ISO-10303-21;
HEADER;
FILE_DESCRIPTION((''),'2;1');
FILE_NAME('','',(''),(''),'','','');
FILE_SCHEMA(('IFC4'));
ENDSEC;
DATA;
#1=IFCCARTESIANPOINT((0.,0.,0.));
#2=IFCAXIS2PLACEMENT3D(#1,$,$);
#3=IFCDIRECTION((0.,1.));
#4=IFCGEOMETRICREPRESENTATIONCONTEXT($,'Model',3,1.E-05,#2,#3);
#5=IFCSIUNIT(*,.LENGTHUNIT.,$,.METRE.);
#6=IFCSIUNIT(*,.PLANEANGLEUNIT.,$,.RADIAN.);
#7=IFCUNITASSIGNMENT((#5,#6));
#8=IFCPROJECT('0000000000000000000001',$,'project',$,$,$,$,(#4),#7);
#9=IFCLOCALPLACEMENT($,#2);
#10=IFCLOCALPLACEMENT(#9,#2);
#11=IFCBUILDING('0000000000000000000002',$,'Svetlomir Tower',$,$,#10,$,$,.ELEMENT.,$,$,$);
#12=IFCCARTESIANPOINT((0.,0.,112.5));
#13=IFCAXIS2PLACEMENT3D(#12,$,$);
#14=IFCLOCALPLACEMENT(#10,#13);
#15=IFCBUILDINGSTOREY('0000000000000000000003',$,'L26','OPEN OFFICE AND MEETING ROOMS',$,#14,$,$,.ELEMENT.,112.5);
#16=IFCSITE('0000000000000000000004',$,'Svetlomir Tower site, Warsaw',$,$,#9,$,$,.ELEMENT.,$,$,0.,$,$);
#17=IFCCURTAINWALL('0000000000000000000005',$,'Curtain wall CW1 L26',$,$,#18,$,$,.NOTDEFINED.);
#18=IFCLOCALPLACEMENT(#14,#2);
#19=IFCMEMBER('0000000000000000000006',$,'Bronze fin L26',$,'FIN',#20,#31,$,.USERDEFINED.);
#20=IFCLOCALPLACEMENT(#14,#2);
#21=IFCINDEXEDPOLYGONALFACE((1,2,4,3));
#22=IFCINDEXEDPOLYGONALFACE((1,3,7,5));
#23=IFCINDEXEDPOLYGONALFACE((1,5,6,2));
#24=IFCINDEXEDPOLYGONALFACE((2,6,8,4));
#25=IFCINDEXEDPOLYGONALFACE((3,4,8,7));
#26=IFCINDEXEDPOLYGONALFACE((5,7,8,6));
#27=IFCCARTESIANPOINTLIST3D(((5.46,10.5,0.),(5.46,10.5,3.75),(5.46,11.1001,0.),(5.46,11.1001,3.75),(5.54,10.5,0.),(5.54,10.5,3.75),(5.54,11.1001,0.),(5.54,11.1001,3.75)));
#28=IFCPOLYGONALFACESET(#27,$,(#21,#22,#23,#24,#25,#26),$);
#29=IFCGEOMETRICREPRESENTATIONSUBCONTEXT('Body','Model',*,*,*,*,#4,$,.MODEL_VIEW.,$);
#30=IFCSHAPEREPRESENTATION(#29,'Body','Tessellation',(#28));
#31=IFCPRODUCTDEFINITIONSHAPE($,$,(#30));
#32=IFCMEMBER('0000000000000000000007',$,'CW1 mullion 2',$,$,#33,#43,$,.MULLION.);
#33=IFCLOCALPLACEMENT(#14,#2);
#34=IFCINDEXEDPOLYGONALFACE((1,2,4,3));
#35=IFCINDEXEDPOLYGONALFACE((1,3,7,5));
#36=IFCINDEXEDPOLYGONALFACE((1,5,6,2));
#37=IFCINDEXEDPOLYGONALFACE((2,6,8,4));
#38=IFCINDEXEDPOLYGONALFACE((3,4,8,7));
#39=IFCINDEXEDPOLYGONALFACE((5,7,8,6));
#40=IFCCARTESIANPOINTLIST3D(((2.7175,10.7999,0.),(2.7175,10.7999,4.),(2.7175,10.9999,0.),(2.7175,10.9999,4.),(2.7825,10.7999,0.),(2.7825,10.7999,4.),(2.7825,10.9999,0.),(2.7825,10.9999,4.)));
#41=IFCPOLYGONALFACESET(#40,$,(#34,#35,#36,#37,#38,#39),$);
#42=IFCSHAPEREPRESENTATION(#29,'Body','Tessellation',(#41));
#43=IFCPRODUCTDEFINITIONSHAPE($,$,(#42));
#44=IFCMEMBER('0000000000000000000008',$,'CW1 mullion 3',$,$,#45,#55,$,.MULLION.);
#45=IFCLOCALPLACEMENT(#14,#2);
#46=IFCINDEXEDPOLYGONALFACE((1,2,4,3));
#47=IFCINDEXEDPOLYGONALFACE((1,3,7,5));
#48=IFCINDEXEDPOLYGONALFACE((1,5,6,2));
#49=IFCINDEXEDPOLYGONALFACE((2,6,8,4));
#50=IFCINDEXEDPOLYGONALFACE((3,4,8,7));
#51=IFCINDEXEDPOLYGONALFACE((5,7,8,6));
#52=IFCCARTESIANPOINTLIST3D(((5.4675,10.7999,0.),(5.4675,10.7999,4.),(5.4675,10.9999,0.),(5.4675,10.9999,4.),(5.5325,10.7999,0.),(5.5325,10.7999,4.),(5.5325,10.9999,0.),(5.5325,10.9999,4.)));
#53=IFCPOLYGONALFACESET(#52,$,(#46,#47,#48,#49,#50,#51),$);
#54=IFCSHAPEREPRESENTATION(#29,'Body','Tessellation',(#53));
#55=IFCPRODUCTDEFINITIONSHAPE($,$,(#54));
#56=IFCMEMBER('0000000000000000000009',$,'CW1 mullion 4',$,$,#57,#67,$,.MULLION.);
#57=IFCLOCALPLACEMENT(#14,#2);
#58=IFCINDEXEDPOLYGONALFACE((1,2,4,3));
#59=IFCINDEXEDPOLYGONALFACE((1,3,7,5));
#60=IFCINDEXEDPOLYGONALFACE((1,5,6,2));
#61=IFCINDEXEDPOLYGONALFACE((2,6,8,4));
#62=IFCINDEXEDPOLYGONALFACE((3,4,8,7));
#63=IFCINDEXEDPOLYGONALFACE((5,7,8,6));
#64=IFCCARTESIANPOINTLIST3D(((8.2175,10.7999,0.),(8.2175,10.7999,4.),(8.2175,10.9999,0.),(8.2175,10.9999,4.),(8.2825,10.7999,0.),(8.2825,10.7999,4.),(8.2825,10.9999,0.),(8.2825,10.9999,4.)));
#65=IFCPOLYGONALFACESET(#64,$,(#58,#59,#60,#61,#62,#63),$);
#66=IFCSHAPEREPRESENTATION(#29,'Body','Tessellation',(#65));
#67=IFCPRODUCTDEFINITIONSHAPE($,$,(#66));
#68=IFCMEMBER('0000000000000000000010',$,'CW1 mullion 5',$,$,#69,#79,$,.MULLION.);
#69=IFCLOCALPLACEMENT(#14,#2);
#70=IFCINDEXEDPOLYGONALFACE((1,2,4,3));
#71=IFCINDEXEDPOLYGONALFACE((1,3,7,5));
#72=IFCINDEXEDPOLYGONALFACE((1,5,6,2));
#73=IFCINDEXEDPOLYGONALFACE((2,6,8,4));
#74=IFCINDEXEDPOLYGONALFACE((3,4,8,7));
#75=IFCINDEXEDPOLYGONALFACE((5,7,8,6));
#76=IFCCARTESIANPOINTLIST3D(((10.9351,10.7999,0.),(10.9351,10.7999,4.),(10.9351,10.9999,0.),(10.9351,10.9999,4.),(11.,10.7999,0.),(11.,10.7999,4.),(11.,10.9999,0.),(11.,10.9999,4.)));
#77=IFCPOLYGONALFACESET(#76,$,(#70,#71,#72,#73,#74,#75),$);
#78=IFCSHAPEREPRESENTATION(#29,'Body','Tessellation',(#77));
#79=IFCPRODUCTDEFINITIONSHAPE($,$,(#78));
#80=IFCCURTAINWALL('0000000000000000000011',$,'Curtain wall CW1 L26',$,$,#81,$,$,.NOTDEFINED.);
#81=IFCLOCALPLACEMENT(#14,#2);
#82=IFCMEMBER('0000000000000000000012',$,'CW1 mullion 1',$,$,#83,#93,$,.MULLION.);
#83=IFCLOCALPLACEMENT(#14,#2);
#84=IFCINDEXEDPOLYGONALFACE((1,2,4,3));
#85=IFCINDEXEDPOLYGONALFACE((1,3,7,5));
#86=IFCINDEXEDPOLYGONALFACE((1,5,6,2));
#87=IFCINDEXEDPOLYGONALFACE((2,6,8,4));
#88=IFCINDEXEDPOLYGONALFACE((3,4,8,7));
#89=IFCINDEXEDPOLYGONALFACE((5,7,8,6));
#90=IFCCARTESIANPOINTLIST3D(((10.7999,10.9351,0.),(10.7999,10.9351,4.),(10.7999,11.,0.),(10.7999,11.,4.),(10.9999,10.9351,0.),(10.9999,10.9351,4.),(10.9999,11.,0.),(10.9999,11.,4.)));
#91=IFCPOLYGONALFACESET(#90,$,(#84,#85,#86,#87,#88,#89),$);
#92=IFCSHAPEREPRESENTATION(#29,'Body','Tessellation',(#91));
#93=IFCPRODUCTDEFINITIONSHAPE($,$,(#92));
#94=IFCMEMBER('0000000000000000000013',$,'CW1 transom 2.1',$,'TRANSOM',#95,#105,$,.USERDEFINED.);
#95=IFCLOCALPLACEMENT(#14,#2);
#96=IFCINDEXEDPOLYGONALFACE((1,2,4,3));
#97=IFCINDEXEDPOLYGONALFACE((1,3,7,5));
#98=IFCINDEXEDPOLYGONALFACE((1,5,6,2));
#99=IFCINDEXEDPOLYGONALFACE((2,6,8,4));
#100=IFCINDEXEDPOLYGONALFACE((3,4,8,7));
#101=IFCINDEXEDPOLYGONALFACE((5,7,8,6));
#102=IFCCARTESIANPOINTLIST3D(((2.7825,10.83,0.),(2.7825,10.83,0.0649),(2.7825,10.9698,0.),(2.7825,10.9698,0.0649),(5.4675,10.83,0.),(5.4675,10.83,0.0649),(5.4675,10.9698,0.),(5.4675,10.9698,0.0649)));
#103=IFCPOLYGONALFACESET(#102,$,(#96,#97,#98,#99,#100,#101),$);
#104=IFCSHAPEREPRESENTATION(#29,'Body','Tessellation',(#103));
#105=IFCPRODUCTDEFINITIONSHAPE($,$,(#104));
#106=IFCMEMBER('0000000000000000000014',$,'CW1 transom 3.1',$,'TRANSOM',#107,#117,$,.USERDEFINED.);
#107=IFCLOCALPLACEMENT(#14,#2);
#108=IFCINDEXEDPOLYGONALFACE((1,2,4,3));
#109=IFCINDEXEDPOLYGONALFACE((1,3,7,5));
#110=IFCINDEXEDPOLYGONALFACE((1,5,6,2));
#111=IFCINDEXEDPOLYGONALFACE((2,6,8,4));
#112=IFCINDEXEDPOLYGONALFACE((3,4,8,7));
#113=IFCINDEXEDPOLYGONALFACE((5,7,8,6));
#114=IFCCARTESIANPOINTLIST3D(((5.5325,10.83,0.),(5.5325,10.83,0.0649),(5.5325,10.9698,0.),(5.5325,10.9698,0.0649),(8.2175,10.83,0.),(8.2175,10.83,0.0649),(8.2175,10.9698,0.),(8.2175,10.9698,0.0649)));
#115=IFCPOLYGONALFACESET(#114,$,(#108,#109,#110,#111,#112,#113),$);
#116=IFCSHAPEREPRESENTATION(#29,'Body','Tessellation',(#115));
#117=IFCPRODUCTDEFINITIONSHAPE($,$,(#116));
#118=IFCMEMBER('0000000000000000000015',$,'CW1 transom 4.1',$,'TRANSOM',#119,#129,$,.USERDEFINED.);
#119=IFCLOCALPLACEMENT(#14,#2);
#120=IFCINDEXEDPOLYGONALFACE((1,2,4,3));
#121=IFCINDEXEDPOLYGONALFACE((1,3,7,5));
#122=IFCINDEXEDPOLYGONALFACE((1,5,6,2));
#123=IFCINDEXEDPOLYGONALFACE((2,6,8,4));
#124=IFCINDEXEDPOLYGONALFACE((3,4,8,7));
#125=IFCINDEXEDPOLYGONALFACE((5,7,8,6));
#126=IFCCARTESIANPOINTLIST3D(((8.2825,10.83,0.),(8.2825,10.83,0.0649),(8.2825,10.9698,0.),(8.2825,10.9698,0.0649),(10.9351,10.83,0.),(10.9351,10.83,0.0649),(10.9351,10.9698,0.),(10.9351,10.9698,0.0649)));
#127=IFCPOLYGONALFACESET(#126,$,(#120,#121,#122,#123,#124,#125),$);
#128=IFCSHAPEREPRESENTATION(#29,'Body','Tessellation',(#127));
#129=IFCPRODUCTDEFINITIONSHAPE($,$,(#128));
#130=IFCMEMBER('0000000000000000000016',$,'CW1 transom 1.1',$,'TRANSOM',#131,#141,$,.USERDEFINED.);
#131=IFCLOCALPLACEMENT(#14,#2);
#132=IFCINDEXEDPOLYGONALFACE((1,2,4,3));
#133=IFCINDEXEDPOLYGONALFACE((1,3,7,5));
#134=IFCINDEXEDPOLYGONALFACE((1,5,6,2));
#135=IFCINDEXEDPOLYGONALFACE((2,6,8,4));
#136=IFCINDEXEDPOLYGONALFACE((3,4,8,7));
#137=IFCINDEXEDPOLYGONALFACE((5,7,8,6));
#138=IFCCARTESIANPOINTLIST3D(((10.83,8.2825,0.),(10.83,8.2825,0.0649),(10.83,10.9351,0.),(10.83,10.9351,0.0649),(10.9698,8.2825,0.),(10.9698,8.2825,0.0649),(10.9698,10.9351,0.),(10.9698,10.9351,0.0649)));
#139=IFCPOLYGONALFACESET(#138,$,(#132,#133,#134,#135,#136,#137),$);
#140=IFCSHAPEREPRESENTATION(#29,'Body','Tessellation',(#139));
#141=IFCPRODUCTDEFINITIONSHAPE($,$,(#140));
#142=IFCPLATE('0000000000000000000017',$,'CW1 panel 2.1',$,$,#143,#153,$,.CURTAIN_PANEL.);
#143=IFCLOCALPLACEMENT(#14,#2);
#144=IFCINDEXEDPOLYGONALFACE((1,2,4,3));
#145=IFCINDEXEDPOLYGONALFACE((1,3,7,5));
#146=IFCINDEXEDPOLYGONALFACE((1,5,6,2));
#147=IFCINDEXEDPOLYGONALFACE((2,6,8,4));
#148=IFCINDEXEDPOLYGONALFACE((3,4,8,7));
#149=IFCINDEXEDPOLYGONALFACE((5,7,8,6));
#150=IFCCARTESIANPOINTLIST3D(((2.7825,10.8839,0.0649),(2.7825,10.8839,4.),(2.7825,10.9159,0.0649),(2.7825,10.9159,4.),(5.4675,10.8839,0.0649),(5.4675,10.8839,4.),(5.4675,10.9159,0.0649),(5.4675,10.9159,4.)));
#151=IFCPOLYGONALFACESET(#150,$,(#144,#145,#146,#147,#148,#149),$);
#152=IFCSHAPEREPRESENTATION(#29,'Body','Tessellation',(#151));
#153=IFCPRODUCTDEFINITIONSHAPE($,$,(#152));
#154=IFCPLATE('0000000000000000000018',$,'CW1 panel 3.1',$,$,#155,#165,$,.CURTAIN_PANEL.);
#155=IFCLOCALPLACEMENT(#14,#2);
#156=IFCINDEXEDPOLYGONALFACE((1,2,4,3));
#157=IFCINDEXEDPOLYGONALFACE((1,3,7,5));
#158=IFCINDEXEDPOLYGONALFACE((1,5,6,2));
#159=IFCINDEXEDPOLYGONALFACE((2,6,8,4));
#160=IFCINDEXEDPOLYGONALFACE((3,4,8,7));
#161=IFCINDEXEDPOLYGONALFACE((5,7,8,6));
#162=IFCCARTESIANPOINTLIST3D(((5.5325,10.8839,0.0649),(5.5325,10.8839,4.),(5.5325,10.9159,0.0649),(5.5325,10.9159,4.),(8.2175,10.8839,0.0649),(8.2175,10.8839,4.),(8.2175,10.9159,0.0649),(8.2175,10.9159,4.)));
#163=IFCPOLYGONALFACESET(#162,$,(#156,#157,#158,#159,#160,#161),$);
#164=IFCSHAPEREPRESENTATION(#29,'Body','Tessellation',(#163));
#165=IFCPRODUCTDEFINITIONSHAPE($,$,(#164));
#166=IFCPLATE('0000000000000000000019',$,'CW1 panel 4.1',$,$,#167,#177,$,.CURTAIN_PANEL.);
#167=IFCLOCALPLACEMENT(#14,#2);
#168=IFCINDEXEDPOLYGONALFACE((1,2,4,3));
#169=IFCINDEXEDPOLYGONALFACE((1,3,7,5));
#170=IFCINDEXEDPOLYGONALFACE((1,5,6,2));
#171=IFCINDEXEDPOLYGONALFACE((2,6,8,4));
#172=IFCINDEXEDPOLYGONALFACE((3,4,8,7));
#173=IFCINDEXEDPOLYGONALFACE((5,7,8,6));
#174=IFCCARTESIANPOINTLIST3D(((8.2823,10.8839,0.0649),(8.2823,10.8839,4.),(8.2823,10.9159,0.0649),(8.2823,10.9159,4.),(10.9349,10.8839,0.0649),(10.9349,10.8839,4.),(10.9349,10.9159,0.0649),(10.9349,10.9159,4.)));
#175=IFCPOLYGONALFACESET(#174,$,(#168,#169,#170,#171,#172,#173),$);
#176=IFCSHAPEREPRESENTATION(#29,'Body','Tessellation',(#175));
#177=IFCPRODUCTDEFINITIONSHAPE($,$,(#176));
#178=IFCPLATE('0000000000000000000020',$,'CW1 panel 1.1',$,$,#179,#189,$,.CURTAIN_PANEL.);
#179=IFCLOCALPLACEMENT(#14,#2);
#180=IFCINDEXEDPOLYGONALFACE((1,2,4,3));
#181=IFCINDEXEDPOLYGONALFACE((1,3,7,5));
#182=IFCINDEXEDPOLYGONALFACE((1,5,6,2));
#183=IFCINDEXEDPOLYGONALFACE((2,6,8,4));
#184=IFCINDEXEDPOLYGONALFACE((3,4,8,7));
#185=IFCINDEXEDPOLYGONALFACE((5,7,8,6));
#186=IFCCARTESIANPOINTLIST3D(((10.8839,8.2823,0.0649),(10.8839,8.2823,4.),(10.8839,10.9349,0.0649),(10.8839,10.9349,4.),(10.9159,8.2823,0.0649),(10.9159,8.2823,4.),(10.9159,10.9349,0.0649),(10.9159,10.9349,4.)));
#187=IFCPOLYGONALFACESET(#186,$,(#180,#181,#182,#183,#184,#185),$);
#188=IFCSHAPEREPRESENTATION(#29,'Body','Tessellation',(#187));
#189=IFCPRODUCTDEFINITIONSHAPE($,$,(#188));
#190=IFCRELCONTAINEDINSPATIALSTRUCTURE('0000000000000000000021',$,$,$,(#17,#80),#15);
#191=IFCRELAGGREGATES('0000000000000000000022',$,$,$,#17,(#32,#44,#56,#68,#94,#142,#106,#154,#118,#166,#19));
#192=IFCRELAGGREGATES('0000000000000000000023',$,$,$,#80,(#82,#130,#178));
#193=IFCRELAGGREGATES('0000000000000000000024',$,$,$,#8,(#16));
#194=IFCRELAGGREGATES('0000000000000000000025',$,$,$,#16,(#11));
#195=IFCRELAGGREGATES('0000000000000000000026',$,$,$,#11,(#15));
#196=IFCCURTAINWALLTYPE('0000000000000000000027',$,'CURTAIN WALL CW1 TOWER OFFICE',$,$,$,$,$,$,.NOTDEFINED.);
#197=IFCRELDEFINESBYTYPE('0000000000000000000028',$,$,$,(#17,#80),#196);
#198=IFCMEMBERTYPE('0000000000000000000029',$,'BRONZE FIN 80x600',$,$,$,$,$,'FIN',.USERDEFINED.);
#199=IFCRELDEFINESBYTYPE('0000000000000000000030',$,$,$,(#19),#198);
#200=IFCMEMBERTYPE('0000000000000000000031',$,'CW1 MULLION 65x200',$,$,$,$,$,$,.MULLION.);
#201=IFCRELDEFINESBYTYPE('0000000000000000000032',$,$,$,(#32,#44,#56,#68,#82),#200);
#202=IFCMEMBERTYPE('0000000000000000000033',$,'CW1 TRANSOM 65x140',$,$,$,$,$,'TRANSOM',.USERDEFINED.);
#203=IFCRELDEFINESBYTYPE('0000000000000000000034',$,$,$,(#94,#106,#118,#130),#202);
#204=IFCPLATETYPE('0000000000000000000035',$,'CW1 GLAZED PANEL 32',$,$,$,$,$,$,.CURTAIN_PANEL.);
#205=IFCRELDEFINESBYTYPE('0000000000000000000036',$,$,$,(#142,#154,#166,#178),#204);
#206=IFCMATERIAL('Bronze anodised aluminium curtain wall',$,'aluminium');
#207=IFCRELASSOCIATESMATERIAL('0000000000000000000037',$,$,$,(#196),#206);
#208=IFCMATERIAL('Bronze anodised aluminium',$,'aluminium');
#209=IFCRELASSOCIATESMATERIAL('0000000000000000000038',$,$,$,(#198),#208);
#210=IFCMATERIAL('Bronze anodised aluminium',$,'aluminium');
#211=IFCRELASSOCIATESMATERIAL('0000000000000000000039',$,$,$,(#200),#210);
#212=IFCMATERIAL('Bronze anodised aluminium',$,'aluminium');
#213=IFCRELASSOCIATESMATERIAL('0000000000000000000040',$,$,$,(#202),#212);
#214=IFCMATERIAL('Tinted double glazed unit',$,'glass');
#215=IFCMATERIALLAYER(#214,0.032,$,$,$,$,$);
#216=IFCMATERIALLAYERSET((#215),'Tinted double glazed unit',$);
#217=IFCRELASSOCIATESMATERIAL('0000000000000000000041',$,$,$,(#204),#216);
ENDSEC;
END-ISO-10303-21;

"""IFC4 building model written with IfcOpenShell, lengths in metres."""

from ifc_helpers import new_model, si_unit, direction, frame, origin, origin_2d, place, context, subcontext, project, spatial, rectangle, extrude, material, layer, layer_set, material_profile, profile_set, type_object, element, aggregate, save


model = new_model("IFC4")

# Units and contexts
model_context = context("Model", 3, precision=1e-05, world=origin(), true_north=direction((0.0, 1.0)))
body_context = subcontext(model_context, "Body", "Model", "MODEL_VIEW")
ifc_project = project(units=[si_unit("LENGTHUNIT", "METRE"), si_unit("PLANEANGLEUNIT", "RADIAN")], contexts=[model_context])

# Site, building, storey
site_placement = place(None, origin())
site = spatial("IfcSite", under=ifc_project, at=site_placement, Name="Svetlomir Tower site, Warsaw", CompositionType="ELEMENT", RefElevation=0.0)
building_placement = place(site_placement, origin())
building = spatial("IfcBuilding", under=site, at=building_placement, Name="Svetlomir Tower", CompositionType="ELEMENT")
storey_placement = place(building_placement, frame((0.0, 0.0, 112.5)))
storey = spatial("IfcBuildingStorey", under=building, at=storey_placement, Name="L26", Description="OPEN OFFICE AND MEETING ROOMS", CompositionType="ELEMENT", Elevation=112.5)

# Curtain wall, members
ifc_material_1 = material(Name="Bronze anodised aluminium curtain wall", Category="aluminium")
curtain_wall_type = type_object("IfcCurtainWallType", Name="CURTAIN WALL CW1 TOWER OFFICE", PredefinedType="NOTDEFINED", material=ifc_material_1)
curtain_wall_1_placement = place(storey_placement, origin())
curtain_wall_1 = element("IfcCurtainWall", 1, at=curtain_wall_1_placement, inside=storey, type_object=curtain_wall_type, Name="Curtain wall CW1 L26", PredefinedType="NOTDEFINED")
ifc_material_2 = material(Name="Bronze anodised aluminium", Category="aluminium")
ifc_material_profile_1 = material_profile(ifc_material_2, rectangle(XDim=0.0801, YDim=0.6001, at=origin_2d()), Name="FIN 80x600")
ifc_profile_set_1 = profile_set([ifc_material_profile_1], Name="Bronze anodised aluminium 6063-T6")
member_type_1 = type_object("IfcMemberType", Name="BRONZE FIN 80x600", ElementType="FIN", PredefinedType="USERDEFINED", material=ifc_profile_set_1)
member_1_placement = place(storey_placement, frame((5.5, 10.8, 0.0), z_axis=(0.0, 0.0, 1.0), x_axis=(1.0, 0.0, 0.0)))
member_1 = element("IfcMember", 2, at=member_1_placement, type_object=member_type_1, Name="Bronze fin L26", ObjectType="FIN", PredefinedType="USERDEFINED", context=body_context, shape_type="SweptSolid", body=[
    extrude(rectangle(XDim=0.0801, YDim=0.6001, at=origin_2d()), origin(), (0.0, 0.0, 1.0), 3.75),
])
ifc_material_3 = material(Name="Bronze anodised aluminium", Category="aluminium")
ifc_material_profile_2 = material_profile(ifc_material_3, rectangle(XDim=0.0649, YDim=0.2, at=origin_2d()), Name="AL 65x200")
ifc_profile_set_2 = profile_set([ifc_material_profile_2], Name="Bronze anodised aluminium 6063-T6")
member_type_2 = type_object("IfcMemberType", Name="CW1 MULLION 65x200", PredefinedType="MULLION", material=ifc_profile_set_2)
member_2_placement = place(storey_placement, frame((2.75, 10.8999, 0.0), z_axis=(0.0, 0.0, 1.0), x_axis=(1.0, 0.0, 0.0)))
member_2 = element("IfcMember", 3, at=member_2_placement, type_object=member_type_2, Name="CW1 mullion 2", PredefinedType="MULLION", context=body_context, shape_type="SweptSolid", body=[
    extrude(rectangle(XDim=0.0649, YDim=0.2, at=origin_2d()), origin(), (0.0, 0.0, 1.0), 4.0),
])
member_3_placement = place(storey_placement, frame((5.5, 10.8999, 0.0), z_axis=(0.0, 0.0, 1.0), x_axis=(1.0, 0.0, 0.0)))
member_3 = element("IfcMember", 4, at=member_3_placement, type_object=member_type_2, Name="CW1 mullion 3", PredefinedType="MULLION", context=body_context, shape_type="SweptSolid", body=[
    extrude(rectangle(XDim=0.0649, YDim=0.2, at=origin_2d()), origin(), (0.0, 0.0, 1.0), 4.0),
])
member_4_placement = place(storey_placement, frame((8.25, 10.8999, 0.0), z_axis=(0.0, 0.0, 1.0), x_axis=(1.0, 0.0, 0.0)))
member_4 = element("IfcMember", 5, at=member_4_placement, type_object=member_type_2, Name="CW1 mullion 4", PredefinedType="MULLION", context=body_context, shape_type="SweptSolid", body=[
    extrude(rectangle(XDim=0.0649, YDim=0.2, at=origin_2d()), origin(), (0.0, 0.0, 1.0), 4.0),
])
member_5_placement = place(storey_placement, frame((10.9675, 10.8999, 0.0), z_axis=(0.0, 0.0, 1.0), x_axis=(1.0, 0.0, 0.0)))
member_5 = element("IfcMember", 6, at=member_5_placement, type_object=member_type_2, Name="CW1 mullion 5", PredefinedType="MULLION", context=body_context, shape_type="SweptSolid", body=[
    extrude(rectangle(XDim=0.0649, YDim=0.2, at=origin_2d()), origin(), (0.0, 0.0, 1.0), 4.0),
])

# Curtain wall, member
curtain_wall_2_placement = place(storey_placement, origin())
curtain_wall_2 = element("IfcCurtainWall", 7, at=curtain_wall_2_placement, inside=storey, type_object=curtain_wall_type, Name="Curtain wall CW1 L26", PredefinedType="NOTDEFINED")
member_6_placement = place(storey_placement, frame((10.8999, 10.9675, 0.0), z_axis=(0.0, 0.0, 1.0), x_axis=(0.0, -1.0, 0.0)))
member_6 = element("IfcMember", 8, at=member_6_placement, type_object=member_type_2, Name="CW1 mullion 1", PredefinedType="MULLION", context=body_context, shape_type="SweptSolid", body=[
    extrude(rectangle(XDim=0.0649, YDim=0.2, at=origin_2d()), origin(), (0.0, 0.0, 1.0), 4.0),
])

# Members
ifc_material_4 = material(Name="Bronze anodised aluminium", Category="aluminium")
ifc_material_profile_3 = material_profile(ifc_material_4, rectangle(XDim=0.1399, YDim=0.0649, at=origin_2d()), Name="AL 140x65")
ifc_profile_set_3 = profile_set([ifc_material_profile_3], Name="Bronze anodised aluminium 6063-T6")
member_type_3 = type_object("IfcMemberType", Name="CW1 TRANSOM 65x140", ElementType="TRANSOM", PredefinedType="USERDEFINED", material=ifc_profile_set_3)
member_7_placement = place(storey_placement, frame((2.7825, 10.8999, 0.0325), z_axis=(1.0, 0.0, 0.0), x_axis=(0.0, 1.0, 0.0)))
member_7 = element("IfcMember", 9, at=member_7_placement, type_object=member_type_3, Name="CW1 transom 2.1", ObjectType="TRANSOM", PredefinedType="USERDEFINED", context=body_context, shape_type="SweptSolid", body=[
    extrude(rectangle(XDim=0.1399, YDim=0.0649, at=origin_2d()), origin(), (0.0, 0.0, 1.0), 2.6851),
])
member_8_placement = place(storey_placement, frame((5.5325, 10.8999, 0.0325), z_axis=(1.0, 0.0, 0.0), x_axis=(0.0, 1.0, 0.0)))
member_8 = element("IfcMember", 10, at=member_8_placement, type_object=member_type_3, Name="CW1 transom 3.1", ObjectType="TRANSOM", PredefinedType="USERDEFINED", context=body_context, shape_type="SweptSolid", body=[
    extrude(rectangle(XDim=0.1399, YDim=0.0649, at=origin_2d()), origin(), (0.0, 0.0, 1.0), 2.6851),
])
member_9_placement = place(storey_placement, frame((8.2825, 10.8999, 0.0325), z_axis=(1.0, 0.0, 0.0), x_axis=(0.0, 1.0, 0.0)))
member_9 = element("IfcMember", 11, at=member_9_placement, type_object=member_type_3, Name="CW1 transom 4.1", ObjectType="TRANSOM", PredefinedType="USERDEFINED", context=body_context, shape_type="SweptSolid", body=[
    extrude(rectangle(XDim=0.1399, YDim=0.0649, at=origin_2d()), origin(), (0.0, 0.0, 1.0), 2.6526),
])
member_10_placement = place(storey_placement, frame((10.8999, 10.9351, 0.0325), z_axis=(0.0, -1.0, 0.0), x_axis=(1.0, 0.0, 0.0)))
member_10 = element("IfcMember", 12, at=member_10_placement, type_object=member_type_3, Name="CW1 transom 1.1", ObjectType="TRANSOM", PredefinedType="USERDEFINED", context=body_context, shape_type="SweptSolid", body=[
    extrude(rectangle(XDim=0.1399, YDim=0.0649, at=origin_2d()), origin(), (0.0, 0.0, 1.0), 2.6526),
])

# Plates
ifc_material_5 = material(Name="Tinted double glazed unit", Category="glass")
ifc_layer_1 = layer(ifc_material_5, 0.032)
ifc_layer_set_1 = layer_set([ifc_layer_1], Name="Tinted double glazed unit")
plate_type = type_object("IfcPlateType", Name="CW1 GLAZED PANEL 32", PredefinedType="CURTAIN_PANEL", material=ifc_layer_set_1)
plate_1_placement = place(storey_placement, frame((4.125, 10.8999, 0.0649), z_axis=(0.0, 0.0, 1.0), x_axis=(1.0, 0.0, 0.0)))
plate_1 = element("IfcPlate", 13, at=plate_1_placement, type_object=plate_type, Name="CW1 panel 2.1", PredefinedType="CURTAIN_PANEL", context=body_context, shape_type="SweptSolid", body=[
    extrude(rectangle(XDim=2.6851, YDim=0.032, at=origin_2d()), origin(), (0.0, 0.0, 1.0), 3.9351),
])
plate_2_placement = place(storey_placement, frame((6.875, 10.8999, 0.0649), z_axis=(0.0, 0.0, 1.0), x_axis=(1.0, 0.0, 0.0)))
plate_2 = element("IfcPlate", 14, at=plate_2_placement, type_object=plate_type, Name="CW1 panel 3.1", PredefinedType="CURTAIN_PANEL", context=body_context, shape_type="SweptSolid", body=[
    extrude(rectangle(XDim=2.6851, YDim=0.032, at=origin_2d()), origin(), (0.0, 0.0, 1.0), 3.9351),
])
plate_3_placement = place(storey_placement, frame((9.6086, 10.8999, 0.0649), z_axis=(0.0, 0.0, 1.0), x_axis=(1.0, 0.0, 0.0)))
plate_3 = element("IfcPlate", 15, at=plate_3_placement, type_object=plate_type, Name="CW1 panel 4.1", PredefinedType="CURTAIN_PANEL", context=body_context, shape_type="SweptSolid", body=[
    extrude(rectangle(XDim=2.6526, YDim=0.032, at=origin_2d()), origin(), (0.0, 0.0, 1.0), 3.9351),
])
aggregate(curtain_wall_1, [member_2, member_3, member_4, member_5, member_7, plate_1, member_8, plate_2, member_9, plate_3, member_1])
plate_4_placement = place(storey_placement, frame((10.8999, 9.6086, 0.0649), z_axis=(0.0, 0.0, 1.0), x_axis=(0.0, -1.0, 0.0)))
plate_4 = element("IfcPlate", 16, at=plate_4_placement, type_object=plate_type, Name="CW1 panel 1.1", PredefinedType="CURTAIN_PANEL", context=body_context, shape_type="SweptSolid", body=[
    extrude(rectangle(XDim=2.6526, YDim=0.032, at=origin_2d()), origin(), (0.0, 0.0, 1.0), 3.9351),
])
aggregate(curtain_wall_2, [member_6, member_10, plate_4])

save(model, "model.ifc")
